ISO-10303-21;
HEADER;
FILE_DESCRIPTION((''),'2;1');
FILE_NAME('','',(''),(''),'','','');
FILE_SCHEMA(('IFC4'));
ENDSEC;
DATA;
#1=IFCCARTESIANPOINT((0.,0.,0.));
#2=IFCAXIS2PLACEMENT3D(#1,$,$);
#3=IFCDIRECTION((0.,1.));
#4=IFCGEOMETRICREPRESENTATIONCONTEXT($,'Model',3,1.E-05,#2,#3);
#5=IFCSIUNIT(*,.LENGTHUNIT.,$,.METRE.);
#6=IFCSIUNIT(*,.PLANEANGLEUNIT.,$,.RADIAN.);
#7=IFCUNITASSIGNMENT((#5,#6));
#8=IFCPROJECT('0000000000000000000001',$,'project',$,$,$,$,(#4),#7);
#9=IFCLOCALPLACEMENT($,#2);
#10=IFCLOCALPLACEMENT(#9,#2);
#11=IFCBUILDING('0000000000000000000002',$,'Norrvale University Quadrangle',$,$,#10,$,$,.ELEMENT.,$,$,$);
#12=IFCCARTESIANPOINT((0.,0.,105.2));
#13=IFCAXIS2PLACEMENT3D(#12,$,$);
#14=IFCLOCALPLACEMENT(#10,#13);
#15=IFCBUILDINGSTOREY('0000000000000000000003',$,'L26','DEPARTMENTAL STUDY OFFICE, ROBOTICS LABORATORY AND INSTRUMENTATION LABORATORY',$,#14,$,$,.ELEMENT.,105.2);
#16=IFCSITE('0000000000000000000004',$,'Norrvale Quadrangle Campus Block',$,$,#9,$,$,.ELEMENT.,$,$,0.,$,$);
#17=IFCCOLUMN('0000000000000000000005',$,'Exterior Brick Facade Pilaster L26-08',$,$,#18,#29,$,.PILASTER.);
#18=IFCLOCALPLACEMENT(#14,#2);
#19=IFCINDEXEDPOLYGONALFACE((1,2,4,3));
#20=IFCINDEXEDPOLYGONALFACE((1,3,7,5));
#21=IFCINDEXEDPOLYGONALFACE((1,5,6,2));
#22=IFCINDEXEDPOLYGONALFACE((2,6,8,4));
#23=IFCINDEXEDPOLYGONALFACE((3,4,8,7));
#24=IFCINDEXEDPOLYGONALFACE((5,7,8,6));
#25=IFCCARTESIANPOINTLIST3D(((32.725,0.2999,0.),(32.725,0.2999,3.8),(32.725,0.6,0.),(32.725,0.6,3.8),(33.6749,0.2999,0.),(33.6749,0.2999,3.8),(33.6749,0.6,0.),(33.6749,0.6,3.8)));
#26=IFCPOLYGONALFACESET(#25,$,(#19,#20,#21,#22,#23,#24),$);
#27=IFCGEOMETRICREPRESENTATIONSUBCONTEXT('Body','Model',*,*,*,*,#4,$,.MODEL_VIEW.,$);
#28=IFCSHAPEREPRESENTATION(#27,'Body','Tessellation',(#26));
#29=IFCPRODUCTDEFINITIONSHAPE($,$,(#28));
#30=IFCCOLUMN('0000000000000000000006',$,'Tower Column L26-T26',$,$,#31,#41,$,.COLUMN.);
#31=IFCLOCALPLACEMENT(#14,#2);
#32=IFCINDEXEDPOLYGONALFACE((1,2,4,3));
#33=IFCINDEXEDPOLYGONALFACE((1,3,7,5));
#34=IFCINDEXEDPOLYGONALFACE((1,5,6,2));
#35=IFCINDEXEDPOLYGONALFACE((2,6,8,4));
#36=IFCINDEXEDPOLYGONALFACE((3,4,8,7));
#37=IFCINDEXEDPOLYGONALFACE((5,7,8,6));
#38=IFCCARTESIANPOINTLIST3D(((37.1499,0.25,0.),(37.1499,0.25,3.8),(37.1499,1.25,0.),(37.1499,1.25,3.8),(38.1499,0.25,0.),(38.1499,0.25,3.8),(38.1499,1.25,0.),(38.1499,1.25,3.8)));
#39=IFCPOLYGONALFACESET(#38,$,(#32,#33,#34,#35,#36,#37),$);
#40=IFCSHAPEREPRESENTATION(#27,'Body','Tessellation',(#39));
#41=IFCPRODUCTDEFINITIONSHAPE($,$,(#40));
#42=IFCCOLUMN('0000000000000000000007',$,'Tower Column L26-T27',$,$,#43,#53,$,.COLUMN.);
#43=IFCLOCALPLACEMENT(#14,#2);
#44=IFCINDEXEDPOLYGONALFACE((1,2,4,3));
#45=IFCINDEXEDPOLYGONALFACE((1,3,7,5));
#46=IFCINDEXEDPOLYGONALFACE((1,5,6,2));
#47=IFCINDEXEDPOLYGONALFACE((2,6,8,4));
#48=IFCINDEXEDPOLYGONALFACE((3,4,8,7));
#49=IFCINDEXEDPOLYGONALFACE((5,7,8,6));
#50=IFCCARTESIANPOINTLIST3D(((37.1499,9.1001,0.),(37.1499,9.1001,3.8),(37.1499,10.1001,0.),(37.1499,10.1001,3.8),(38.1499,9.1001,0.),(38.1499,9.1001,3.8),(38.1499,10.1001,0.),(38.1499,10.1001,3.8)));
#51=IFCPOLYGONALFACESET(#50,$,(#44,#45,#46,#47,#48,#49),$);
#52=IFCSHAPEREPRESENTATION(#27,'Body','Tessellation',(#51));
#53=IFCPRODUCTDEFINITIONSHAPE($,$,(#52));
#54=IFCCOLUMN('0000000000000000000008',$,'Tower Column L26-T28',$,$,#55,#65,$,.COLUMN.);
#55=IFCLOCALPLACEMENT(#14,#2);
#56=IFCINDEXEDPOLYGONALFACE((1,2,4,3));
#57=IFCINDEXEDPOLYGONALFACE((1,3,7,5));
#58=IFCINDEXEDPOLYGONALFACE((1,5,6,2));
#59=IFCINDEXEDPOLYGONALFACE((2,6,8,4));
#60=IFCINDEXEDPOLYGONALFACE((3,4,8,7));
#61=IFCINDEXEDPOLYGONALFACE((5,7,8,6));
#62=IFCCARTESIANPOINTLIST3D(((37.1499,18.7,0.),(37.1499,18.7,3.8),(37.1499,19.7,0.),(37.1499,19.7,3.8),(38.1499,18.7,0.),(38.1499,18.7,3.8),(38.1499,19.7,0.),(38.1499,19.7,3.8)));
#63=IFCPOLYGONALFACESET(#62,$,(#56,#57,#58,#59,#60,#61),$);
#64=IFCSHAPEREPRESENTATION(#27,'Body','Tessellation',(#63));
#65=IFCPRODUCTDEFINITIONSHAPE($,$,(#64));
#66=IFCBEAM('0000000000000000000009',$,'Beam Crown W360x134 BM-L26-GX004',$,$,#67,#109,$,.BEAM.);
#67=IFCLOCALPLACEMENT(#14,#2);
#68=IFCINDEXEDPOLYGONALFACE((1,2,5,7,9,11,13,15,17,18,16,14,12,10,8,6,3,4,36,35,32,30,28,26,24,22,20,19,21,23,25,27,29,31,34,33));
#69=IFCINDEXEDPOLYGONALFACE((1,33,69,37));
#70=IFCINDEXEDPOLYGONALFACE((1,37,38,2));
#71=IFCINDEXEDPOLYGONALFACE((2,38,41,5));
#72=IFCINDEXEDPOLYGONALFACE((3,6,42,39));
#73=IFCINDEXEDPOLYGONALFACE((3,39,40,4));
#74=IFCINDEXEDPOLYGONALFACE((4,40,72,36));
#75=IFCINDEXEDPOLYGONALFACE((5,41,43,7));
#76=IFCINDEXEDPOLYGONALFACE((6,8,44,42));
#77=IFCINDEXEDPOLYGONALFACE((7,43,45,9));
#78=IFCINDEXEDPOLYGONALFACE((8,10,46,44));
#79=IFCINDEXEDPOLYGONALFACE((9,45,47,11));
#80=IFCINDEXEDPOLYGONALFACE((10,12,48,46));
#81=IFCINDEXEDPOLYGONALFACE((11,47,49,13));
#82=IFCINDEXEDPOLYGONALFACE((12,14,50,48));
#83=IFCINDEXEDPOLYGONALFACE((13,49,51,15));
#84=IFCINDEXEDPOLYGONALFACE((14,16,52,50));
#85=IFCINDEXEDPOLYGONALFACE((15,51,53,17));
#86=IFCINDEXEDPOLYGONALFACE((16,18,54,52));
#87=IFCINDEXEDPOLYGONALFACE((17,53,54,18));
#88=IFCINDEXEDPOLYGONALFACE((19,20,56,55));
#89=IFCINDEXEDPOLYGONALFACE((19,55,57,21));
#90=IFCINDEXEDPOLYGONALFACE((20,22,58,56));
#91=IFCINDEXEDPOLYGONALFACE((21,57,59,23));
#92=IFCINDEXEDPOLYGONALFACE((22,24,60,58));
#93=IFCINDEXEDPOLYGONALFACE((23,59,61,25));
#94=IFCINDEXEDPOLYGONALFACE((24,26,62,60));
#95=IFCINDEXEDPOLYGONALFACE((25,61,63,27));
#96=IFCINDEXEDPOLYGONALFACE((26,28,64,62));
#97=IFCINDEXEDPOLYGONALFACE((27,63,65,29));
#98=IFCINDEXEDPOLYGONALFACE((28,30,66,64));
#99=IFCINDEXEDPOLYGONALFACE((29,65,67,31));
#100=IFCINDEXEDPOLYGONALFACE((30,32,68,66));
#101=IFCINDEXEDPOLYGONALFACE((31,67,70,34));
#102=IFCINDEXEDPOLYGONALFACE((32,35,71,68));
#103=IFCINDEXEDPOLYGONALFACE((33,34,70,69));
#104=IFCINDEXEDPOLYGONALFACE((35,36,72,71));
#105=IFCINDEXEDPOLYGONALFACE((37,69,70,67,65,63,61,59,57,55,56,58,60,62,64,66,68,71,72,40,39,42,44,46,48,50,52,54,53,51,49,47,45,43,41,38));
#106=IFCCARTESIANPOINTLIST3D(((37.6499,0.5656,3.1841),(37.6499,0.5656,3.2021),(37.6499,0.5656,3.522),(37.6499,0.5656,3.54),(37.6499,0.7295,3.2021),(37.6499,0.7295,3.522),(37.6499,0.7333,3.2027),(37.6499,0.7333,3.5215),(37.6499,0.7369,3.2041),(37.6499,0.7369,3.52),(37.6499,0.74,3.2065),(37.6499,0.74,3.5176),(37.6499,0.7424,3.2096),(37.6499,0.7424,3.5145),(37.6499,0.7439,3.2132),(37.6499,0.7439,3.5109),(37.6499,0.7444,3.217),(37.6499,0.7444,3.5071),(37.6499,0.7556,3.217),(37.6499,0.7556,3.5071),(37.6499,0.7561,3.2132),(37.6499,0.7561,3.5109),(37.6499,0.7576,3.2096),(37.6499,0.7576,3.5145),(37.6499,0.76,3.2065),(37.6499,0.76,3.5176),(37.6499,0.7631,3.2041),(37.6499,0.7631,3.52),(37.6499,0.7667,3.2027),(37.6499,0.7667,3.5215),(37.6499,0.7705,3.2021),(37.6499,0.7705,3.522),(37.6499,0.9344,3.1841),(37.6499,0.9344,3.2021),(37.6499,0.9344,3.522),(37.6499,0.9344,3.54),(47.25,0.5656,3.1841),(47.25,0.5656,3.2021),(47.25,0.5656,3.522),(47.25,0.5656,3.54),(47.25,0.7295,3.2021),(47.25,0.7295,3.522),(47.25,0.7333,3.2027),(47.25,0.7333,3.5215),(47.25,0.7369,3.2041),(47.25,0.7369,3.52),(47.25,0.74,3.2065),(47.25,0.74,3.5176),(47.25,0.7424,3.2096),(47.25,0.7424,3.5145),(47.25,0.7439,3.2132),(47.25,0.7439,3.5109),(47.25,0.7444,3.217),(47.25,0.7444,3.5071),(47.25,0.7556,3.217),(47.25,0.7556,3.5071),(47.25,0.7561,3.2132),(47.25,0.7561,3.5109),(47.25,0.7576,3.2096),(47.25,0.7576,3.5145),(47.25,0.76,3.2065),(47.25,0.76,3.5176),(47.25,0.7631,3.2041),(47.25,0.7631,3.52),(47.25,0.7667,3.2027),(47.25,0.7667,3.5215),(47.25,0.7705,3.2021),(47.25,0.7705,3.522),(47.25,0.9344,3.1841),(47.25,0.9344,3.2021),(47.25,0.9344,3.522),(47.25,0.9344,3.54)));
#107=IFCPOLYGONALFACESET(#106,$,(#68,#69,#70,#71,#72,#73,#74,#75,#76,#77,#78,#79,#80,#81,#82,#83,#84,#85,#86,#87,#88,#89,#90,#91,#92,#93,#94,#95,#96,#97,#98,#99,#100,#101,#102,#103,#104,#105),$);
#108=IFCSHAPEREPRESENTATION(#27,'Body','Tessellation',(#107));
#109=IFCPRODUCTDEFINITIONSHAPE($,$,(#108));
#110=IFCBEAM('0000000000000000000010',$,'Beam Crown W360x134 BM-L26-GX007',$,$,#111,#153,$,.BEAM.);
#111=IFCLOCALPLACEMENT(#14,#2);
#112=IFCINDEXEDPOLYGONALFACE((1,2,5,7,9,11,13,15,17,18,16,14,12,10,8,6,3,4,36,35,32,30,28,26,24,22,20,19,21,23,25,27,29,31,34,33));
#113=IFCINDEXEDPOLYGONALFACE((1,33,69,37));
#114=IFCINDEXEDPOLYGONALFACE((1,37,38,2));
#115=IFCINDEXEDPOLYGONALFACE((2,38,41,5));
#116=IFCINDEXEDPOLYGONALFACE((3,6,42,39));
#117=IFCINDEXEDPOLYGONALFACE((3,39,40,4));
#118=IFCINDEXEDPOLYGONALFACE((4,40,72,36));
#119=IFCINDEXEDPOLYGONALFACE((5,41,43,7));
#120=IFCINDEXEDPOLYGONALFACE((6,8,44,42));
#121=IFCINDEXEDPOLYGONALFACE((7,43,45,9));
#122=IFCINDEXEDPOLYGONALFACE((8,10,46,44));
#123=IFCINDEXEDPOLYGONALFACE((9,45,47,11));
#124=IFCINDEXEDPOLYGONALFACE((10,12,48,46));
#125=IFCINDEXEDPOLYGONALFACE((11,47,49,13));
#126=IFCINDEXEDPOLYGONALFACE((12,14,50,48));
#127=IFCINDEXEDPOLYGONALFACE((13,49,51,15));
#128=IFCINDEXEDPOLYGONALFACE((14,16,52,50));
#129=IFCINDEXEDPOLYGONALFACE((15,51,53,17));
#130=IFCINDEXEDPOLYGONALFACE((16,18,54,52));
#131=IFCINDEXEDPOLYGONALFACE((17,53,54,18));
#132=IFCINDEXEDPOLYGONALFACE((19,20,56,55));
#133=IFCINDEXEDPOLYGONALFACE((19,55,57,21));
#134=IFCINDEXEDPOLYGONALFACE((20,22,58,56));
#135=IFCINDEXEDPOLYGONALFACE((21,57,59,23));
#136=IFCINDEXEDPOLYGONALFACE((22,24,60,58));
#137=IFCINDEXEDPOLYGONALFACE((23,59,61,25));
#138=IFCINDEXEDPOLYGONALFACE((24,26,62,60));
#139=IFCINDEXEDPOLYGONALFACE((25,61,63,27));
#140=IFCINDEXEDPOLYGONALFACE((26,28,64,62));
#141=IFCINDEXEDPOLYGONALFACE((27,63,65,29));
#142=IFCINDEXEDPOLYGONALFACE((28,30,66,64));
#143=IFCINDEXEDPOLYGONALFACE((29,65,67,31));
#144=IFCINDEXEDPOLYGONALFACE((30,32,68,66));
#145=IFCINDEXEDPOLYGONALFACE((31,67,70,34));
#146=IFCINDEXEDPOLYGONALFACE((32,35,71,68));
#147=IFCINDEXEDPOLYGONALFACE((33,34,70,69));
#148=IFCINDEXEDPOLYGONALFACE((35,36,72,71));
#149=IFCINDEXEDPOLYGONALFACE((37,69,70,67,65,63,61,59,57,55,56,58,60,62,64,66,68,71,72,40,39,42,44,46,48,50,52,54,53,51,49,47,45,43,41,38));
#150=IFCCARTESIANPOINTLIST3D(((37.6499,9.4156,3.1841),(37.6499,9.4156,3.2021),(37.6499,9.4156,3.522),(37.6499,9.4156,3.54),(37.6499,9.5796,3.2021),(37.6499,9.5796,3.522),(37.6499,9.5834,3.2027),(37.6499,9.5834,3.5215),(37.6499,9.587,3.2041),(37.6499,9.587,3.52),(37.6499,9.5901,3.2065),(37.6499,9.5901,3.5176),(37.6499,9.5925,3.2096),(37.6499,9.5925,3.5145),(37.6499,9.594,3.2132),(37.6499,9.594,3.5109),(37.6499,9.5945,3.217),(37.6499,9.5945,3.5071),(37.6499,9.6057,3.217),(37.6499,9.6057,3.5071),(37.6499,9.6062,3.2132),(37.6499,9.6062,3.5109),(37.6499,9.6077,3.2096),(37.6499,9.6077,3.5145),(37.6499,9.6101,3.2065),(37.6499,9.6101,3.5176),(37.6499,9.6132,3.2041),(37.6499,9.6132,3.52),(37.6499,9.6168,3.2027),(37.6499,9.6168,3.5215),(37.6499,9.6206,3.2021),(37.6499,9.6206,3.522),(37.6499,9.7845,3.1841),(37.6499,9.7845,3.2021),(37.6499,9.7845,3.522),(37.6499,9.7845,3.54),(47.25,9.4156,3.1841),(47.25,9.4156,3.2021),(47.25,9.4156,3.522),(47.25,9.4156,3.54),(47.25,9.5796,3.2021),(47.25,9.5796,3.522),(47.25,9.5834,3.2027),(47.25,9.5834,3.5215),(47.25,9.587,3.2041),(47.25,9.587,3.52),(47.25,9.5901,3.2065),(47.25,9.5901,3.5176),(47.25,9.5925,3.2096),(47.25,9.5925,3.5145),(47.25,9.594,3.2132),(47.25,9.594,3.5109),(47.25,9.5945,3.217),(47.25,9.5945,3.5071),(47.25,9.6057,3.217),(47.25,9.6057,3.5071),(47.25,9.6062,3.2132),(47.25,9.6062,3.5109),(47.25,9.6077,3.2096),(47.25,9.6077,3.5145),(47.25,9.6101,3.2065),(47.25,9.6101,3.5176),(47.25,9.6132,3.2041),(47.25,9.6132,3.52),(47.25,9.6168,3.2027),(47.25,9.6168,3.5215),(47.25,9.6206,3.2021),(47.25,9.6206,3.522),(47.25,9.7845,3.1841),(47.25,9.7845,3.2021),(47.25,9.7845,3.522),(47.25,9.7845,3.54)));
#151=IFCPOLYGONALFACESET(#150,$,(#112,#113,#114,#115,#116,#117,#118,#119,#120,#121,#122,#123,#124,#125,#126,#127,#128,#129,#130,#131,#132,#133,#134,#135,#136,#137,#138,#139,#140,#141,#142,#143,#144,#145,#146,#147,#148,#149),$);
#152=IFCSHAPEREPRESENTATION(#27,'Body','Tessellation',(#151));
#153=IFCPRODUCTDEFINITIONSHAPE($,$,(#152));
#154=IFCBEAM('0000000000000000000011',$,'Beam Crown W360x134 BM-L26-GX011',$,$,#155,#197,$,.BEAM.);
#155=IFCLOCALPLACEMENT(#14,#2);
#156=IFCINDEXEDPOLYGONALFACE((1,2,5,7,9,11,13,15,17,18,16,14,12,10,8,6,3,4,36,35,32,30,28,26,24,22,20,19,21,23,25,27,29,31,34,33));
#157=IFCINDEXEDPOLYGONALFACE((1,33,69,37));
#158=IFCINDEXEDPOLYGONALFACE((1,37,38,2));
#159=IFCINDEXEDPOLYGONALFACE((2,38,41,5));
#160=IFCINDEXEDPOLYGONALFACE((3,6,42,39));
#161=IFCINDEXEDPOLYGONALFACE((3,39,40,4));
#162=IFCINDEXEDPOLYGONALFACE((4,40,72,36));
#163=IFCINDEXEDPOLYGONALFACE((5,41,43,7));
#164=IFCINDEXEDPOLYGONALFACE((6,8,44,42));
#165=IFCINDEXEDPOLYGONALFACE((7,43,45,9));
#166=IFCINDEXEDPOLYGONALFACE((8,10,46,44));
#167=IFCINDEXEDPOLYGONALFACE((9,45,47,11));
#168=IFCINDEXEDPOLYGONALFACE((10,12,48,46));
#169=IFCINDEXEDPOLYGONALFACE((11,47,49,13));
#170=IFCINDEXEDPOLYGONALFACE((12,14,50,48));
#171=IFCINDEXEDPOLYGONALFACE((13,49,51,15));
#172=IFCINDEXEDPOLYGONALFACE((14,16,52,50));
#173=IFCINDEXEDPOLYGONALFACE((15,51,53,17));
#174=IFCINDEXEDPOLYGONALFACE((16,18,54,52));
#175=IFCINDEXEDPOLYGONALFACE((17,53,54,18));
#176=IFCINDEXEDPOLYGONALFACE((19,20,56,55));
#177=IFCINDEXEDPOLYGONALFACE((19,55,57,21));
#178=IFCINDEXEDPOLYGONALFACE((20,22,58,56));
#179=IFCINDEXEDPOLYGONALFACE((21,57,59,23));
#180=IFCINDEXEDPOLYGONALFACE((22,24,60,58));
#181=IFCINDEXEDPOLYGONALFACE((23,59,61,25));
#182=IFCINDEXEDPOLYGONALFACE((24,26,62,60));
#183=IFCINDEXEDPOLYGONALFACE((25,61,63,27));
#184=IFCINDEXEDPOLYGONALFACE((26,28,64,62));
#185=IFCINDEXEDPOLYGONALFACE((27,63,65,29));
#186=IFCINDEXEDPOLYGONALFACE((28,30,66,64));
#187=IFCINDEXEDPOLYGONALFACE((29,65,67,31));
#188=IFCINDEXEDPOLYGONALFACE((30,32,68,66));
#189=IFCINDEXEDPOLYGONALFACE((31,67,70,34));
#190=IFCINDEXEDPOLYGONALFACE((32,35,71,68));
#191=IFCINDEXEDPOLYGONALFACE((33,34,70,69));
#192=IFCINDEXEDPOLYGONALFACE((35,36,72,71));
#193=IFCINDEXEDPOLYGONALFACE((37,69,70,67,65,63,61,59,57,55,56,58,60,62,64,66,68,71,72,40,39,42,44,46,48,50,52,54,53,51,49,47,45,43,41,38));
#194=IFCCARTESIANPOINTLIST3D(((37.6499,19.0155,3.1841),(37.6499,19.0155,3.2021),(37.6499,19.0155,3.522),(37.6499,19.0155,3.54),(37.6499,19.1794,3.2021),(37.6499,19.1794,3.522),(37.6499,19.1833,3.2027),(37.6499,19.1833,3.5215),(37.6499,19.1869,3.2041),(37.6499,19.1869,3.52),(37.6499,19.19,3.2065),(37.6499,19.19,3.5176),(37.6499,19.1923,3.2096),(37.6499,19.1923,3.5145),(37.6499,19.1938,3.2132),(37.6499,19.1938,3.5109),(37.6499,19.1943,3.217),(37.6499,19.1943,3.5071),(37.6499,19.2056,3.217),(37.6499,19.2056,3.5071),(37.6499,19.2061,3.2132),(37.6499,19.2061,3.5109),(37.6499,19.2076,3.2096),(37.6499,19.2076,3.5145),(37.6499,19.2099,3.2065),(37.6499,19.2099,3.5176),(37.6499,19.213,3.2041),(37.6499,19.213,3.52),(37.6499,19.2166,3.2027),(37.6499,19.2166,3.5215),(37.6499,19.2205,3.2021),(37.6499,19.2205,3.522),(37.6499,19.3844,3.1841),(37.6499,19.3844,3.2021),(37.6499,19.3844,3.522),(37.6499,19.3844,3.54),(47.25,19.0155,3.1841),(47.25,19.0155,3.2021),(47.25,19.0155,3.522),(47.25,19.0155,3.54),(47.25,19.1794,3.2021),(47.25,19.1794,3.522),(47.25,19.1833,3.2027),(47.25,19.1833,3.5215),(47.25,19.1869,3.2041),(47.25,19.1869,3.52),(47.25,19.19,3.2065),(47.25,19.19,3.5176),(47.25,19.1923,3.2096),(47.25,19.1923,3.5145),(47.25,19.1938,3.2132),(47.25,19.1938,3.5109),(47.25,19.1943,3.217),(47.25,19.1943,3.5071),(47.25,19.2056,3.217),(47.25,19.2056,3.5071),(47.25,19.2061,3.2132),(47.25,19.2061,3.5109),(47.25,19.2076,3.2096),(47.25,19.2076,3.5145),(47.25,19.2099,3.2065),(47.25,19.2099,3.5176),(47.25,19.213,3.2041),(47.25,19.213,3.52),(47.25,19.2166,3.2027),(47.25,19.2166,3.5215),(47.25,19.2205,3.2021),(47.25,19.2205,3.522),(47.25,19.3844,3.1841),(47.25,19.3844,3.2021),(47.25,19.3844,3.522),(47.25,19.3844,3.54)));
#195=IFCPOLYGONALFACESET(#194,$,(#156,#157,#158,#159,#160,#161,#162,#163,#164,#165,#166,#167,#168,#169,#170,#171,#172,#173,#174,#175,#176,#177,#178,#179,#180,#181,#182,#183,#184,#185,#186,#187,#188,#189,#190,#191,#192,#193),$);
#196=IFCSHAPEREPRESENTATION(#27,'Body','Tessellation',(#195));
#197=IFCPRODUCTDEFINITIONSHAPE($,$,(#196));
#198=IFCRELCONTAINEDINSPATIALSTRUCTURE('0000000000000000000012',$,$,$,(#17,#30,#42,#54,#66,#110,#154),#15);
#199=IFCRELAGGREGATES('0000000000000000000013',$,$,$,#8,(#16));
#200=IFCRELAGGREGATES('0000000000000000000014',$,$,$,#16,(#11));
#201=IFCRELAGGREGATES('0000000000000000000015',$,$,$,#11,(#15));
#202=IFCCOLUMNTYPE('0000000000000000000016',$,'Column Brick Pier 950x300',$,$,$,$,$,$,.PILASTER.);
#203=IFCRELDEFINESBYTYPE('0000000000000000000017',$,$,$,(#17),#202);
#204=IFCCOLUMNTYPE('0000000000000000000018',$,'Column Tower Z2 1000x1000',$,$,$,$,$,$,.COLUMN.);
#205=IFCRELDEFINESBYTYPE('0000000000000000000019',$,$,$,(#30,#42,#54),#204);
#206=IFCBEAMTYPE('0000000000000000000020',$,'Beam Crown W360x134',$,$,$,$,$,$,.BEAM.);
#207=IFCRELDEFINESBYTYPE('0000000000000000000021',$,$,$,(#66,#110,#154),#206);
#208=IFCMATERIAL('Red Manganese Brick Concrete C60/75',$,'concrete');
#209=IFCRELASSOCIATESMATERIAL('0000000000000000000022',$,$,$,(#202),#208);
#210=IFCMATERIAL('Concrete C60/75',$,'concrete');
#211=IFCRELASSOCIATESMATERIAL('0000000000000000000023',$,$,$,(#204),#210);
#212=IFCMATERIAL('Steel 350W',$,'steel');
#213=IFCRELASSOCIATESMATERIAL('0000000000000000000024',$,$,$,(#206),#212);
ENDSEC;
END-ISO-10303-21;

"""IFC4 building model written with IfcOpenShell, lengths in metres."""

from ifc_helpers import new_model, si_unit, direction, frame, origin, origin_2d, place, context, subcontext, project, spatial, rectangle, i_section, extrude, material, material_profile, profile_set, type_object, element, save


model = new_model("IFC4")

# Units and contexts
model_context = context("Model", 3, precision=1e-05, world=origin(), true_north=direction((0.0, 1.0)))
body_context = subcontext(model_context, "Body", "Model", "MODEL_VIEW")
ifc_project = project(units=[si_unit("LENGTHUNIT", "METRE"), si_unit("PLANEANGLEUNIT", "RADIAN")], contexts=[model_context])

# Site, building, storey
site_placement = place(None, origin())
site = spatial("IfcSite", under=ifc_project, at=site_placement, Name="Norrvale Quadrangle Campus Block", CompositionType="ELEMENT", RefElevation=0.0)
building_placement = place(site_placement, origin())
building = spatial("IfcBuilding", under=site, at=building_placement, Name="Norrvale University Quadrangle", CompositionType="ELEMENT")
storey_placement = place(building_placement, frame((0.0, 0.0, 105.2)))
storey = spatial("IfcBuildingStorey", under=building, at=storey_placement, Name="L26", Description="DEPARTMENTAL STUDY OFFICE, ROBOTICS LABORATORY AND INSTRUMENTATION LABORATORY", CompositionType="ELEMENT", Elevation=105.2)

# Columns
ifc_material_1 = material(Name="Red Manganese Brick Concrete C60/75", Category="concrete")
ifc_material_profile_1 = material_profile(ifc_material_1, rectangle(XDim=0.95, YDim=0.3, at=origin_2d()), Name="Red Manganese Brick Concrete C60/75")
ifc_profile_set_1 = profile_set([ifc_material_profile_1], Name="Red Manganese Brick Concrete C60/75")
column_type_1 = type_object("IfcColumnType", Name="Column Brick Pier 950x300", PredefinedType="PILASTER", material=ifc_profile_set_1)
column_placement = place(storey_placement, frame((33.2, 0.45, 0.0), z_axis=(0.0, 0.0, 1.0), x_axis=(1.0, 0.0, 0.0)))
element("IfcColumn", 1, at=column_placement, inside=storey, type_object=column_type_1, Name="Exterior Brick Facade Pilaster L26-08", PredefinedType="PILASTER", context=body_context, shape_type="SweptSolid", body=[
    extrude(rectangle(XDim=0.95, YDim=0.3, at=origin_2d()), origin(), (0.0, 0.0, 1.0), 3.8),
])
ifc_material_2 = material(Name="Concrete C60/75", Category="concrete")
ifc_material_profile_2 = material_profile(ifc_material_2, rectangle(XDim=1.0, YDim=1.0, at=origin_2d()), Name="Concrete C60/75")
ifc_profile_set_2 = profile_set([ifc_material_profile_2], Name="Concrete C60/75")
column_type_2 = type_object("IfcColumnType", Name="Column Tower Z2 1000x1000", PredefinedType="COLUMN", material=ifc_profile_set_2)
for number, where, z_axis, x_axis, name in (
    (2, (37.6499, 0.75, 0.0), (0.0, 0.0, 1.0), (1.0, 0.0, 0.0), "Tower Column L26-T26"),
    (3, (37.6499, 9.6001, 0.0), (0.0, 0.0, 1.0), (1.0, 0.0, 0.0), "Tower Column L26-T27"),
    (4, (37.6499, 19.2, 0.0), (0.0, 0.0, 1.0), (1.0, 0.0, 0.0), "Tower Column L26-T28"),
):
    element("IfcColumn", number, at=place(storey_placement, frame(where, z_axis=z_axis, x_axis=x_axis)), inside=storey, type_object=column_type_2, Name=name, PredefinedType="COLUMN", context=body_context, shape_type="SweptSolid", body=[
        extrude(rectangle(XDim=1.0, YDim=1.0, at=origin_2d()), origin(), (0.0, 0.0, 1.0), 3.8),
    ])

# Beams
ifc_material_3 = material(Name="Steel 350W", Category="steel")
ifc_material_profile_3 = material_profile(ifc_material_3, i_section(OverallWidth=0.3689, OverallDepth=0.356, WebThickness=0.0112, FlangeThickness=0.0181, FilletRadius=0.0149, at=origin_2d()), Name="Steel 350W")
ifc_profile_set_3 = profile_set([ifc_material_profile_3], Name="Steel 350W")
beam_type_1 = type_object("IfcBeamType", Name="Beam Crown W360x134", PredefinedType="BEAM", material=ifc_profile_set_3)
for number, where, z_axis, x_axis, name in (
    (5, (37.6499, 0.75, 3.3621), (1.0, 0.0, 0.0), (0.0, 1.0, 0.0), "Beam Crown W360x134 BM-L26-GX004"),
    (6, (37.6499, 9.6001, 3.3621), (1.0, 0.0, 0.0), (0.0, 1.0, 0.0), "Beam Crown W360x134 BM-L26-GX007"),
    (7, (37.6499, 19.2, 3.3621), (1.0, 0.0, 0.0), (0.0, 1.0, 0.0), "Beam Crown W360x134 BM-L26-GX011"),
):
    element("IfcBeam", number, at=place(storey_placement, frame(where, z_axis=z_axis, x_axis=x_axis)), inside=storey, type_object=beam_type_1, Name=name, PredefinedType="BEAM", context=body_context, shape_type="SweptSolid", body=[
        extrude(i_section(OverallWidth=0.3689, OverallDepth=0.356, WebThickness=0.0112, FlangeThickness=0.0181, FilletRadius=0.0149, at=origin_2d()), origin(), (0.0, 0.0, 1.0), 9.6001),
    ])

save(model, "model.ifc")
